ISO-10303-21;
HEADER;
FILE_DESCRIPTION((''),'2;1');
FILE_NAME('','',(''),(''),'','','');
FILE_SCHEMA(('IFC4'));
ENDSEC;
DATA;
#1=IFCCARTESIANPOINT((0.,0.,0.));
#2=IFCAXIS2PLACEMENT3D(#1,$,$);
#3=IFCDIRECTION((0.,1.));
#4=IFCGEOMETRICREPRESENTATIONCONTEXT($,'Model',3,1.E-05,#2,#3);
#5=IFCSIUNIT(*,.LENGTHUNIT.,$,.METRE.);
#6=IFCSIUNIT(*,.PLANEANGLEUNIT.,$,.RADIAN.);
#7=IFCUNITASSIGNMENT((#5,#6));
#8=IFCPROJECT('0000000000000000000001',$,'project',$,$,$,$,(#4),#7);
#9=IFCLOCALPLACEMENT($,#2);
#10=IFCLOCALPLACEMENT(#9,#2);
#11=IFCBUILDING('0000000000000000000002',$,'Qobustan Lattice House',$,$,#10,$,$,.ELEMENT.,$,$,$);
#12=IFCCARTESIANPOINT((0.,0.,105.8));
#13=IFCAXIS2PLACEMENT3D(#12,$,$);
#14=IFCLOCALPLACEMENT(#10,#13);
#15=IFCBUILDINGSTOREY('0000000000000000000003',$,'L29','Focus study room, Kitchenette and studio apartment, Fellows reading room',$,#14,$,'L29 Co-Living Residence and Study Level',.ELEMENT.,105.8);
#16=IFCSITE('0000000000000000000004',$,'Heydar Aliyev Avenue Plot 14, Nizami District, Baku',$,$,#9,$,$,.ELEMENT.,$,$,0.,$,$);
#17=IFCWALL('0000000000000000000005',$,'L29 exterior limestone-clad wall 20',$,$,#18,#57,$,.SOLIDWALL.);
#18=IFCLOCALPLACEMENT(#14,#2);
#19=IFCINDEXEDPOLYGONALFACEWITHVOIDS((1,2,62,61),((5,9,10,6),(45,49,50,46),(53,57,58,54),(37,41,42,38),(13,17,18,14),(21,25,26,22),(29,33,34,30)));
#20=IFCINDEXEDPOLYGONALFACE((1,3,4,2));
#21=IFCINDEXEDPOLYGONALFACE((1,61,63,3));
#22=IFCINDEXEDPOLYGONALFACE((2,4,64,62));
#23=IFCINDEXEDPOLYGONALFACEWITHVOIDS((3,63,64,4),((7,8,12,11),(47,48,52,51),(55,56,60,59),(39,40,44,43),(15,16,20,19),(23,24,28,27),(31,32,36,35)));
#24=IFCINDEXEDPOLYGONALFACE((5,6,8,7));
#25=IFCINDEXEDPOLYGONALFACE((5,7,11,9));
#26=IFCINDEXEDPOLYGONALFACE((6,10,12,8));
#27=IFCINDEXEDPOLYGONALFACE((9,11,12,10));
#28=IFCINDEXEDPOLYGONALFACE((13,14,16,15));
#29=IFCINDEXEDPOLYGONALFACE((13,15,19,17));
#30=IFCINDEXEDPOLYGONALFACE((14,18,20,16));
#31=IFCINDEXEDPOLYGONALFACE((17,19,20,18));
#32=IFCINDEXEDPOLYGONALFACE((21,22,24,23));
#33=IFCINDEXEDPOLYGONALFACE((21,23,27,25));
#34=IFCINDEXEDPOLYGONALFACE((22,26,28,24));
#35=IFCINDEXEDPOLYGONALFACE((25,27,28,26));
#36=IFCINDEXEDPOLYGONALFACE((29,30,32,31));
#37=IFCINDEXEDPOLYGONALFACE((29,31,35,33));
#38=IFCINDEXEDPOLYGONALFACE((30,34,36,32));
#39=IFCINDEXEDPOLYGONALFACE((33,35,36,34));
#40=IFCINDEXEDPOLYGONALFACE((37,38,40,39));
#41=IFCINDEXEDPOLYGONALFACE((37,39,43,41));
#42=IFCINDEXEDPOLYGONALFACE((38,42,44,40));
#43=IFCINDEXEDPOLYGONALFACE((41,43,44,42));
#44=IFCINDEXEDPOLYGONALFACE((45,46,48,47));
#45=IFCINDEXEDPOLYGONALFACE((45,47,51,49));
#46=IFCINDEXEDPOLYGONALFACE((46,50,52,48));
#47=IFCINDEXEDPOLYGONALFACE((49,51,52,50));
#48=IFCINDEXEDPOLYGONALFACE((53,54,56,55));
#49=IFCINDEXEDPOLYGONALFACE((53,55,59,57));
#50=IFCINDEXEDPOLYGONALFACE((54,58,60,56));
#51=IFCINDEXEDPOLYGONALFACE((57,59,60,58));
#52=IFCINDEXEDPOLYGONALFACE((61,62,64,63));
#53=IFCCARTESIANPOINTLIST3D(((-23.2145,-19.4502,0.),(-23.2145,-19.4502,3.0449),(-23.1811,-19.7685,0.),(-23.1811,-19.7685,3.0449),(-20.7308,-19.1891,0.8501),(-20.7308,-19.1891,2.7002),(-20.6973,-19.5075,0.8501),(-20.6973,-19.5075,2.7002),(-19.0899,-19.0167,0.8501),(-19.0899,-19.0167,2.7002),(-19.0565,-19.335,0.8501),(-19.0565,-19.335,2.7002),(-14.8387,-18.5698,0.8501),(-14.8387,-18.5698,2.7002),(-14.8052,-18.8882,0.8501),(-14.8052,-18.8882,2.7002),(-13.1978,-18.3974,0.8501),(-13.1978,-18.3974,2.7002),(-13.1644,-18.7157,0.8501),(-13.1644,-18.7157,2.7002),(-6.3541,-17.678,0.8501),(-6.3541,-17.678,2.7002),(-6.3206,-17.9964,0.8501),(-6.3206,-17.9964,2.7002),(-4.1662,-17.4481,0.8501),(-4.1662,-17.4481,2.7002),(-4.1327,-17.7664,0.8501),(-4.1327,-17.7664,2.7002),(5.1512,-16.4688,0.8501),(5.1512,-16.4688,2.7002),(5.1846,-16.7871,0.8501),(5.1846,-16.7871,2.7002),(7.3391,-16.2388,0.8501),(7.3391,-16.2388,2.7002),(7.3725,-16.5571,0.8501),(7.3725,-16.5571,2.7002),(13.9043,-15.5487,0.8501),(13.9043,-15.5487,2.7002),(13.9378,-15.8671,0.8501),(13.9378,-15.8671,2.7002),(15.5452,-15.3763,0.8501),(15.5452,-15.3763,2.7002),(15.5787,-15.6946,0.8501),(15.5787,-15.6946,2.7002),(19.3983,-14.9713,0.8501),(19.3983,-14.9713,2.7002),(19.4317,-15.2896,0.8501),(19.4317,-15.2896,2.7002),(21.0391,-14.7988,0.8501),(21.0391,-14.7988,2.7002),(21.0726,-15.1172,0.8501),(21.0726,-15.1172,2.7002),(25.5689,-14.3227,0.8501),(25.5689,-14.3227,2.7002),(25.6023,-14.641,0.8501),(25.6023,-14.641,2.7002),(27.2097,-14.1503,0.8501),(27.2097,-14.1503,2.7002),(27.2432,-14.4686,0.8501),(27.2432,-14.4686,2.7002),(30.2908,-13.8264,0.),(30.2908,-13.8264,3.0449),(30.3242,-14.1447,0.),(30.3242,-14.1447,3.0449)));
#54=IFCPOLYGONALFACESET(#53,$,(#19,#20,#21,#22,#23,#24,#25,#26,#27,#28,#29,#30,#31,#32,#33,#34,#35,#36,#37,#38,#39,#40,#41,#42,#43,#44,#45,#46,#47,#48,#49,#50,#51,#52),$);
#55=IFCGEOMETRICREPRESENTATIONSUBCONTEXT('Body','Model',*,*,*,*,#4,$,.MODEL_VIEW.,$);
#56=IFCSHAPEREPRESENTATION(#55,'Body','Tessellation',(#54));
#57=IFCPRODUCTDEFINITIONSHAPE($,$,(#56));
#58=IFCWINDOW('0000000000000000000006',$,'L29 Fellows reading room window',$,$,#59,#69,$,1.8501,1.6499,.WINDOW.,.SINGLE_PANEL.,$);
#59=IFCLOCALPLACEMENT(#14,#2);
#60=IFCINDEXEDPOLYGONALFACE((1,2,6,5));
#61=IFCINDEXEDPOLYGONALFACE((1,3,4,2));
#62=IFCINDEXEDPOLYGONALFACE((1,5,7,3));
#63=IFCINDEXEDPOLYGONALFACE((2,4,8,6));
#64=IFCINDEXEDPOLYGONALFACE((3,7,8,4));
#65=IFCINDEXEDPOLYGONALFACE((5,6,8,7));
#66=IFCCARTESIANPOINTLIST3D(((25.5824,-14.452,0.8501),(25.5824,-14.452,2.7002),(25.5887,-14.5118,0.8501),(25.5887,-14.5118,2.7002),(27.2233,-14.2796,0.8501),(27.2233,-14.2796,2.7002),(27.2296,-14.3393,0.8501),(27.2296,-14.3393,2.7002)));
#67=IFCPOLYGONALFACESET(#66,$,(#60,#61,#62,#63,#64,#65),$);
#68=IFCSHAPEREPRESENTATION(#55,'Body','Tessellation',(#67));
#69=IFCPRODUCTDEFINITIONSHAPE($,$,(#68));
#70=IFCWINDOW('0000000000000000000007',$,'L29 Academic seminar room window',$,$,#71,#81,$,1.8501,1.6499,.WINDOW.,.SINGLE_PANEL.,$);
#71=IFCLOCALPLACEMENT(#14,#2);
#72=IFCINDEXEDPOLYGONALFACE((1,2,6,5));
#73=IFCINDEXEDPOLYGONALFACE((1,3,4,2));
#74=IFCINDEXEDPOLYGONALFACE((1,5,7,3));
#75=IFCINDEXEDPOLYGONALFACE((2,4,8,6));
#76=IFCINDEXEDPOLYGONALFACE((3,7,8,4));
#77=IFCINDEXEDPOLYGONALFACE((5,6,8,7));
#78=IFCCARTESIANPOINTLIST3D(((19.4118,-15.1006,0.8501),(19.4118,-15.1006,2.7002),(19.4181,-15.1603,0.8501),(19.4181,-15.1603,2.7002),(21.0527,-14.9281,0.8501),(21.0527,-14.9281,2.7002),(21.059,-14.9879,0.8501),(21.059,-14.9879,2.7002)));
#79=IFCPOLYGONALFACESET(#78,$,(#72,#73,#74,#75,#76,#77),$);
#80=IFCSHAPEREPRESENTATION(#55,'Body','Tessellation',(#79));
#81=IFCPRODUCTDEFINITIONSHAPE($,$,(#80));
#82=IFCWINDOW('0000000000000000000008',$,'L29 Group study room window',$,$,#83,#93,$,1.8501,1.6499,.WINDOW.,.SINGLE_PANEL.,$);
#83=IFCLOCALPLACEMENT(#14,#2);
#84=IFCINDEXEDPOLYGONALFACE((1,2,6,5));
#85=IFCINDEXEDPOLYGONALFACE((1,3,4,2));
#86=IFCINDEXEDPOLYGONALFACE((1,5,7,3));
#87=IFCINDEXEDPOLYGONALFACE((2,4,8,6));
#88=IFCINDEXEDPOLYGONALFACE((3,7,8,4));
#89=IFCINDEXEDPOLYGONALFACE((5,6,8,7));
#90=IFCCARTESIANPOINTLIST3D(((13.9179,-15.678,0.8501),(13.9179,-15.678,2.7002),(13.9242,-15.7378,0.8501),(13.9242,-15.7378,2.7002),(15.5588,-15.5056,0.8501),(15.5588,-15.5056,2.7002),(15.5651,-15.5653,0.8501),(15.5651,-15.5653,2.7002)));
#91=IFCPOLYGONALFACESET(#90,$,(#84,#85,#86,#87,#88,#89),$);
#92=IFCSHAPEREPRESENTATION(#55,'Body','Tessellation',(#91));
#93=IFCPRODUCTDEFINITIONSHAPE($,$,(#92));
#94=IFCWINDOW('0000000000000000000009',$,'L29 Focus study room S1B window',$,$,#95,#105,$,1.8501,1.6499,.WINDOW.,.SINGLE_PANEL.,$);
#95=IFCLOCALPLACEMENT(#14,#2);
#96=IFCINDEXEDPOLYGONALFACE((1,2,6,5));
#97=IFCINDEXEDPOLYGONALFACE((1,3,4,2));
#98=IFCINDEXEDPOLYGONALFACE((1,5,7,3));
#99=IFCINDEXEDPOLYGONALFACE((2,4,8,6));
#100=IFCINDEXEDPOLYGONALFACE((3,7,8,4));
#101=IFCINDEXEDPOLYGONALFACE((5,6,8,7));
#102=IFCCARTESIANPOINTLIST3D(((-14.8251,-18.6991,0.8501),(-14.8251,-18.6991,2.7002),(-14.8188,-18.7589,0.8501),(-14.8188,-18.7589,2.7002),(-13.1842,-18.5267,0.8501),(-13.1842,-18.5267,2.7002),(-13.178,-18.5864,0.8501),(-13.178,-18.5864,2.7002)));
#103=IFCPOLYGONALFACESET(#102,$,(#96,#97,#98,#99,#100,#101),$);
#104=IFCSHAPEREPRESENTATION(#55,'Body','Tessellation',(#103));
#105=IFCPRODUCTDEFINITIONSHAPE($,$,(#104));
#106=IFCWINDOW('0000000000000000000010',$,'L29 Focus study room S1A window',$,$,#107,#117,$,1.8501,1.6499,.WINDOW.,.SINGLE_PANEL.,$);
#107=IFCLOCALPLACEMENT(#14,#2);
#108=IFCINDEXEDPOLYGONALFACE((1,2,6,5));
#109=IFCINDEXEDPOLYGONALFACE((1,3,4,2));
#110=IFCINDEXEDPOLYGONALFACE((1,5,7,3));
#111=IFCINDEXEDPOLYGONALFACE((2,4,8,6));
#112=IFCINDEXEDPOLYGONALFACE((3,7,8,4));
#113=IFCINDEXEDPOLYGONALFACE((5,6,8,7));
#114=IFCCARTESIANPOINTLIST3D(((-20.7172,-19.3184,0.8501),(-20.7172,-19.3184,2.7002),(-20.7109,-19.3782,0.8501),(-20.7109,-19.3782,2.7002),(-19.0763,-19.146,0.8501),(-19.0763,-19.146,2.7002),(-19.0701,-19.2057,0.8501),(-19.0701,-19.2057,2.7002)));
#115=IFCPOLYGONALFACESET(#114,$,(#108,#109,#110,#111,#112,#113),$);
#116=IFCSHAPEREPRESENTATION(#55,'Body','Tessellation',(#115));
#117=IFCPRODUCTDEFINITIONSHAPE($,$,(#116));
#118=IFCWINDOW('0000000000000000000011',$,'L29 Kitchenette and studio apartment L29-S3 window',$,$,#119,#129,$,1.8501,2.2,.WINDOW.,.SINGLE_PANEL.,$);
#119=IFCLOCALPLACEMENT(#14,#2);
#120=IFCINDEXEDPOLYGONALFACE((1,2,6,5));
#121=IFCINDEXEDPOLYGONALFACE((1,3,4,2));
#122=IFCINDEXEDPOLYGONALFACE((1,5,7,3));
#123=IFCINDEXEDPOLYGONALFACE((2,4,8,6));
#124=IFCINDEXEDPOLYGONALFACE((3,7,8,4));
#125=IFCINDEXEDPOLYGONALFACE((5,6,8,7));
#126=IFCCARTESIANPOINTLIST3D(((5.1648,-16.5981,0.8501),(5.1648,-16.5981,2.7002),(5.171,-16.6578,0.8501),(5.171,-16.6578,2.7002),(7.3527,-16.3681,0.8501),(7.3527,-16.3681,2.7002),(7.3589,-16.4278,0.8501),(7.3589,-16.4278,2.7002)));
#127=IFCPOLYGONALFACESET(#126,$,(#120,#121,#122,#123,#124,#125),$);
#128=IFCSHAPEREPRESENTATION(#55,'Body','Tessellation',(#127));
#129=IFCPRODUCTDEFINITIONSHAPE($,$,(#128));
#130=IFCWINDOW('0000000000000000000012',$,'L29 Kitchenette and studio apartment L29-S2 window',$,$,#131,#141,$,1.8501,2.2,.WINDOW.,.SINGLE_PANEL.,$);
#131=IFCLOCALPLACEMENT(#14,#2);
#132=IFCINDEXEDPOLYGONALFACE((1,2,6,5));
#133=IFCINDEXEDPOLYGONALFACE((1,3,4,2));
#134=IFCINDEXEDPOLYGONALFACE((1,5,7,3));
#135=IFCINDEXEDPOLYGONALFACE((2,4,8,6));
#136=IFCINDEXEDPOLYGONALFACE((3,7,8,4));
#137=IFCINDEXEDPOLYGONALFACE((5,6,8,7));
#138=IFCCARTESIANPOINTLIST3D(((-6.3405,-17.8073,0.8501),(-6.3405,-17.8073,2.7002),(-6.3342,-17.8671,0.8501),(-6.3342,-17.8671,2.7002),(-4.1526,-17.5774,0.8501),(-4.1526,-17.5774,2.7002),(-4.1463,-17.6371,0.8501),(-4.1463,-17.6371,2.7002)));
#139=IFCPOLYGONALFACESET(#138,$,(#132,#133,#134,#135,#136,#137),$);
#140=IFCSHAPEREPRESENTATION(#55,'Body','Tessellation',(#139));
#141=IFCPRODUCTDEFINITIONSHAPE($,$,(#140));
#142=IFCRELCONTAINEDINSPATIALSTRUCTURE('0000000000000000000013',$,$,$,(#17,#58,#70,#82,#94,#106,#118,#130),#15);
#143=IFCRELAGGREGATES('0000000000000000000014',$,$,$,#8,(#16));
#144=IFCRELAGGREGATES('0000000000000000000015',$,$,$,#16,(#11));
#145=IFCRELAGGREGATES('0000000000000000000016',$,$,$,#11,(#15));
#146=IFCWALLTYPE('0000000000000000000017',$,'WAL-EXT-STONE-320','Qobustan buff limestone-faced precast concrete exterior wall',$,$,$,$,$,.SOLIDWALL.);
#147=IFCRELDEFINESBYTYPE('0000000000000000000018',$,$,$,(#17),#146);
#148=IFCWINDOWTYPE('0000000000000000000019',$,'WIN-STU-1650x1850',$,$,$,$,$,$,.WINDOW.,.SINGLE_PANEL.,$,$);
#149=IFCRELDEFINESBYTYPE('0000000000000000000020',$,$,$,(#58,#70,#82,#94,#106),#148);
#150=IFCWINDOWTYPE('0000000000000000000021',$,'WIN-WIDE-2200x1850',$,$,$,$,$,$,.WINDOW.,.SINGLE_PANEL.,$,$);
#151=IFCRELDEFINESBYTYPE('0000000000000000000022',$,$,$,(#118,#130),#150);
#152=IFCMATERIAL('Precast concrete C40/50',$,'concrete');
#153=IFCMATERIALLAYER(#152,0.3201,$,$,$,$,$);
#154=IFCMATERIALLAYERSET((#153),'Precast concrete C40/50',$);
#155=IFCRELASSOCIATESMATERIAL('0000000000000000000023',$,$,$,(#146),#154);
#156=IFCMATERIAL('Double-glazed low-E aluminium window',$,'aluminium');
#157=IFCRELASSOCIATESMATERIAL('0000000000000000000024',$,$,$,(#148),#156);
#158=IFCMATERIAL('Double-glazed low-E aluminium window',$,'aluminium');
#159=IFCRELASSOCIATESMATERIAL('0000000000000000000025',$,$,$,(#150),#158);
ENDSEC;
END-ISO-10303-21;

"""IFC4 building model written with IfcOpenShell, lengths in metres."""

from ifc_helpers import new_model, si_unit, direction, frame, frame_2d, origin, place, context, subcontext, project, spatial, rectangle, extrude, material, layer, layer_set, type_object, element, fill, save


model = new_model("IFC4")

# Units and contexts
model_context = context("Model", 3, precision=1e-05, world=origin(), true_north=direction((0.0, 1.0)))
body_context = subcontext(model_context, "Body", "Model", "MODEL_VIEW")
ifc_project = project(units=[si_unit("LENGTHUNIT", "METRE"), si_unit("PLANEANGLEUNIT", "RADIAN")], contexts=[model_context])

# Site, building, storey
site_placement = place(None, origin())
site = spatial("IfcSite", under=ifc_project, at=site_placement, Name="Heydar Aliyev Avenue Plot 14, Nizami District, Baku", CompositionType="ELEMENT", RefElevation=0.0)
building_placement = place(site_placement, origin())
building = spatial("IfcBuilding", under=site, at=building_placement, Name="Qobustan Lattice House", CompositionType="ELEMENT")
storey_placement = place(building_placement, frame((0.0, 0.0, 105.8)))
storey = spatial("IfcBuildingStorey", under=building, at=storey_placement, Name="L29", Description="Focus study room, Kitchenette and studio apartment, Fellows reading room", LongName="L29 Co-Living Residence and Study Level", CompositionType="ELEMENT", Elevation=105.8)

# Shared definitions
ifc_material_1 = material(Name="Precast concrete C40/50", Category="concrete")
ifc_layer_1 = layer(ifc_material_1, 0.3201)
ifc_layer_set_1 = layer_set([ifc_layer_1], Name="Precast concrete C40/50")
wall_type = type_object("IfcWallType", Name="WAL-EXT-STONE-320", Description="Qobustan buff limestone-faced precast concrete exterior wall", PredefinedType="SOLIDWALL", material=ifc_layer_set_1)

# Wall, openings, windows
wall_1_placement = place(storey_placement, frame((30.3074, -13.9856, 0.0), z_axis=(0.0, 0.0, 1.0), x_axis=(-0.994522, -0.104531, 0.0)))
wall_1 = element("IfcWall", 1, at=wall_1_placement, inside=storey, type_object=wall_type, Name="L29 exterior limestone-clad wall 20", PredefinedType="SOLIDWALL", context=body_context, shape_type="SweptSolid", body=[
    extrude(rectangle(XDim=53.8, YDim=0.3201, at=frame_2d((26.8999, 0.0))), origin(), (0.0, 0.0, 1.0), 3.0449),
])
opening_1_placement = place(wall_1_placement, frame((3.0979, 0.0, 0.8501)))
opening_1 = element("IfcOpeningElement", 2, at=opening_1_placement, cuts=wall_1, PredefinedType="OPENING", context=body_context, shape_type="SweptSolid", body=[
    extrude(rectangle(XDim=1.6499, YDim=1.8501, at=frame_2d((0.825, 0.925))), frame((0.0, 0.1699, 0.0), z_axis=(0.0, -1.0, 0.0), x_axis=(1.0, 0.0, 0.0)), (0.0, 0.0, 1.0), 0.3401),
])
opening_2_placement = place(wall_1_placement, frame((9.3025, 0.0, 0.8501)))
opening_2 = element("IfcOpeningElement", 3, at=opening_2_placement, cuts=wall_1, PredefinedType="OPENING", context=body_context, shape_type="SweptSolid", body=[
    extrude(rectangle(XDim=1.6499, YDim=1.8501, at=frame_2d((0.825, 0.925))), frame((0.0, 0.1699, 0.0), z_axis=(0.0, -1.0, 0.0), x_axis=(1.0, 0.0, 0.0)), (0.0, 0.0, 1.0), 0.3401),
])
opening_3_placement = place(wall_1_placement, frame((14.8267, 0.0, 0.8501)))
opening_3 = element("IfcOpeningElement", 4, at=opening_3_placement, cuts=wall_1, PredefinedType="OPENING", context=body_context, shape_type="SweptSolid", body=[
    extrude(rectangle(XDim=1.6499, YDim=1.8501, at=frame_2d((0.825, 0.925))), frame((0.0, 0.1699, 0.0), z_axis=(0.0, -1.0, 0.0), x_axis=(1.0, 0.0, 0.0)), (0.0, 0.0, 1.0), 0.3401),
])
opening_4_placement = place(wall_1_placement, frame((23.0779, 0.0, 0.8501)))
opening_4 = element("IfcOpeningElement", 5, at=opening_4_placement, cuts=wall_1, PredefinedType="OPENING", context=body_context, shape_type="SweptSolid", body=[
    extrude(rectangle(XDim=2.2, YDim=1.8501, at=frame_2d((1.1001, 0.925))), frame((0.0, 0.1699, 0.0), z_axis=(0.0, -1.0, 0.0), x_axis=(1.0, 0.0, 0.0)), (0.0, 0.0, 1.0), 0.3401),
])
opening_5_placement = place(wall_1_placement, frame((34.6465, 0.0, 0.8501)))
opening_5 = element("IfcOpeningElement", 6, at=opening_5_placement, cuts=wall_1, PredefinedType="OPENING", context=body_context, shape_type="SweptSolid", body=[
    extrude(rectangle(XDim=2.2, YDim=1.8501, at=frame_2d((1.1001, 0.925))), frame((0.0, 0.1699, 0.0), z_axis=(0.0, -1.0, 0.0), x_axis=(1.0, 0.0, 0.0)), (0.0, 0.0, 1.0), 0.3401),
])
opening_6_placement = place(wall_1_placement, frame((43.728, 0.0, 0.8501)))
opening_6 = element("IfcOpeningElement", 7, at=opening_6_placement, cuts=wall_1, PredefinedType="OPENING", context=body_context, shape_type="SweptSolid", body=[
    extrude(rectangle(XDim=1.6499, YDim=1.8501, at=frame_2d((0.825, 0.925))), frame((0.0, 0.1699, 0.0), z_axis=(0.0, -1.0, 0.0), x_axis=(1.0, 0.0, 0.0)), (0.0, 0.0, 1.0), 0.3401),
])
opening_7_placement = place(wall_1_placement, frame((49.6526, 0.0, 0.8501)))
opening_7 = element("IfcOpeningElement", 8, at=opening_7_placement, cuts=wall_1, PredefinedType="OPENING", context=body_context, shape_type="SweptSolid", body=[
    extrude(rectangle(XDim=1.6499, YDim=1.8501, at=frame_2d((0.825, 0.925))), frame((0.0, 0.1699, 0.0), z_axis=(0.0, -1.0, 0.0), x_axis=(1.0, 0.0, 0.0)), (0.0, 0.0, 1.0), 0.3401),
])
ifc_material_2 = material(Name="Double-glazed low-E aluminium window", Category="aluminium")
window_type_1 = type_object("IfcWindowType", Name="WIN-STU-1650x1850", PartitioningType="SINGLE_PANEL", PredefinedType="WINDOW", material=ifc_material_2)
window_1_placement = place(opening_1_placement, origin())
window_1 = element("IfcWindow", 9, at=window_1_placement, inside=storey, type_object=window_type_1, Name="L29 Fellows reading room window", OverallHeight=1.8501, OverallWidth=1.6499, PartitioningType="SINGLE_PANEL", PredefinedType="WINDOW", context=body_context, shape_type="SweptSolid", body=[
    extrude(rectangle(XDim=1.6499, YDim=1.8501, at=frame_2d((0.825, 0.925))), frame((0.0, 0.03, 0.0), z_axis=(0.0, -1.0, 0.0), x_axis=(1.0, 0.0, 0.0)), (0.0, 0.0, 1.0), 0.0601),
])
fill(opening_1, window_1)
window_2_placement = place(opening_2_placement, origin())
window_2 = element("IfcWindow", 10, at=window_2_placement, inside=storey, type_object=window_type_1, Name="L29 Academic seminar room window", OverallHeight=1.8501, OverallWidth=1.6499, PartitioningType="SINGLE_PANEL", PredefinedType="WINDOW", context=body_context, shape_type="SweptSolid", body=[
    extrude(rectangle(XDim=1.6499, YDim=1.8501, at=frame_2d((0.825, 0.925))), frame((0.0, 0.03, 0.0), z_axis=(0.0, -1.0, 0.0), x_axis=(1.0, 0.0, 0.0)), (0.0, 0.0, 1.0), 0.0601),
])
fill(opening_2, window_2)
window_3_placement = place(opening_3_placement, origin())
window_3 = element("IfcWindow", 11, at=window_3_placement, inside=storey, type_object=window_type_1, Name="L29 Group study room window", OverallHeight=1.8501, OverallWidth=1.6499, PartitioningType="SINGLE_PANEL", PredefinedType="WINDOW", context=body_context, shape_type="SweptSolid", body=[
    extrude(rectangle(XDim=1.6499, YDim=1.8501, at=frame_2d((0.825, 0.925))), frame((0.0, 0.03, 0.0), z_axis=(0.0, -1.0, 0.0), x_axis=(1.0, 0.0, 0.0)), (0.0, 0.0, 1.0), 0.0601),
])
fill(opening_3, window_3)
window_4_placement = place(opening_6_placement, origin())
window_4 = element("IfcWindow", 12, at=window_4_placement, inside=storey, type_object=window_type_1, Name="L29 Focus study room S1B window", OverallHeight=1.8501, OverallWidth=1.6499, PartitioningType="SINGLE_PANEL", PredefinedType="WINDOW", context=body_context, shape_type="SweptSolid", body=[
    extrude(rectangle(XDim=1.6499, YDim=1.8501, at=frame_2d((0.825, 0.925))), frame((0.0, 0.03, 0.0), z_axis=(0.0, -1.0, 0.0), x_axis=(1.0, 0.0, 0.0)), (0.0, 0.0, 1.0), 0.0601),
])
fill(opening_6, window_4)
window_5_placement = place(opening_7_placement, origin())
window_5 = element("IfcWindow", 13, at=window_5_placement, inside=storey, type_object=window_type_1, Name="L29 Focus study room S1A window", OverallHeight=1.8501, OverallWidth=1.6499, PartitioningType="SINGLE_PANEL", PredefinedType="WINDOW", context=body_context, shape_type="SweptSolid", body=[
    extrude(rectangle(XDim=1.6499, YDim=1.8501, at=frame_2d((0.825, 0.925))), frame((0.0, 0.03, 0.0), z_axis=(0.0, -1.0, 0.0), x_axis=(1.0, 0.0, 0.0)), (0.0, 0.0, 1.0), 0.0601),
])
fill(opening_7, window_5)
ifc_material_3 = material(Name="Double-glazed low-E aluminium window", Category="aluminium")
window_type_2 = type_object("IfcWindowType", Name="WIN-WIDE-2200x1850", PartitioningType="SINGLE_PANEL", PredefinedType="WINDOW", material=ifc_material_3)
window_6_placement = place(opening_4_placement, origin())
window_6 = element("IfcWindow", 14, at=window_6_placement, inside=storey, type_object=window_type_2, Name="L29 Kitchenette and studio apartment L29-S3 window", OverallHeight=1.8501, OverallWidth=2.2, PartitioningType="SINGLE_PANEL", PredefinedType="WINDOW", context=body_context, shape_type="SweptSolid", body=[
    extrude(rectangle(XDim=2.2, YDim=1.8501, at=frame_2d((1.1001, 0.925))), frame((0.0, 0.03, 0.0), z_axis=(0.0, -1.0, 0.0), x_axis=(1.0, 0.0, 0.0)), (0.0, 0.0, 1.0), 0.0601),
])
fill(opening_4, window_6)
window_7_placement = place(opening_5_placement, origin())
window_7 = element("IfcWindow", 15, at=window_7_placement, inside=storey, type_object=window_type_2, Name="L29 Kitchenette and studio apartment L29-S2 window", OverallHeight=1.8501, OverallWidth=2.2, PartitioningType="SINGLE_PANEL", PredefinedType="WINDOW", context=body_context, shape_type="SweptSolid", body=[
    extrude(rectangle(XDim=2.2, YDim=1.8501, at=frame_2d((1.1001, 0.925))), frame((0.0, 0.03, 0.0), z_axis=(0.0, -1.0, 0.0), x_axis=(1.0, 0.0, 0.0)), (0.0, 0.0, 1.0), 0.0601),
])
fill(opening_5, window_7)

save(model, "model.ifc")
